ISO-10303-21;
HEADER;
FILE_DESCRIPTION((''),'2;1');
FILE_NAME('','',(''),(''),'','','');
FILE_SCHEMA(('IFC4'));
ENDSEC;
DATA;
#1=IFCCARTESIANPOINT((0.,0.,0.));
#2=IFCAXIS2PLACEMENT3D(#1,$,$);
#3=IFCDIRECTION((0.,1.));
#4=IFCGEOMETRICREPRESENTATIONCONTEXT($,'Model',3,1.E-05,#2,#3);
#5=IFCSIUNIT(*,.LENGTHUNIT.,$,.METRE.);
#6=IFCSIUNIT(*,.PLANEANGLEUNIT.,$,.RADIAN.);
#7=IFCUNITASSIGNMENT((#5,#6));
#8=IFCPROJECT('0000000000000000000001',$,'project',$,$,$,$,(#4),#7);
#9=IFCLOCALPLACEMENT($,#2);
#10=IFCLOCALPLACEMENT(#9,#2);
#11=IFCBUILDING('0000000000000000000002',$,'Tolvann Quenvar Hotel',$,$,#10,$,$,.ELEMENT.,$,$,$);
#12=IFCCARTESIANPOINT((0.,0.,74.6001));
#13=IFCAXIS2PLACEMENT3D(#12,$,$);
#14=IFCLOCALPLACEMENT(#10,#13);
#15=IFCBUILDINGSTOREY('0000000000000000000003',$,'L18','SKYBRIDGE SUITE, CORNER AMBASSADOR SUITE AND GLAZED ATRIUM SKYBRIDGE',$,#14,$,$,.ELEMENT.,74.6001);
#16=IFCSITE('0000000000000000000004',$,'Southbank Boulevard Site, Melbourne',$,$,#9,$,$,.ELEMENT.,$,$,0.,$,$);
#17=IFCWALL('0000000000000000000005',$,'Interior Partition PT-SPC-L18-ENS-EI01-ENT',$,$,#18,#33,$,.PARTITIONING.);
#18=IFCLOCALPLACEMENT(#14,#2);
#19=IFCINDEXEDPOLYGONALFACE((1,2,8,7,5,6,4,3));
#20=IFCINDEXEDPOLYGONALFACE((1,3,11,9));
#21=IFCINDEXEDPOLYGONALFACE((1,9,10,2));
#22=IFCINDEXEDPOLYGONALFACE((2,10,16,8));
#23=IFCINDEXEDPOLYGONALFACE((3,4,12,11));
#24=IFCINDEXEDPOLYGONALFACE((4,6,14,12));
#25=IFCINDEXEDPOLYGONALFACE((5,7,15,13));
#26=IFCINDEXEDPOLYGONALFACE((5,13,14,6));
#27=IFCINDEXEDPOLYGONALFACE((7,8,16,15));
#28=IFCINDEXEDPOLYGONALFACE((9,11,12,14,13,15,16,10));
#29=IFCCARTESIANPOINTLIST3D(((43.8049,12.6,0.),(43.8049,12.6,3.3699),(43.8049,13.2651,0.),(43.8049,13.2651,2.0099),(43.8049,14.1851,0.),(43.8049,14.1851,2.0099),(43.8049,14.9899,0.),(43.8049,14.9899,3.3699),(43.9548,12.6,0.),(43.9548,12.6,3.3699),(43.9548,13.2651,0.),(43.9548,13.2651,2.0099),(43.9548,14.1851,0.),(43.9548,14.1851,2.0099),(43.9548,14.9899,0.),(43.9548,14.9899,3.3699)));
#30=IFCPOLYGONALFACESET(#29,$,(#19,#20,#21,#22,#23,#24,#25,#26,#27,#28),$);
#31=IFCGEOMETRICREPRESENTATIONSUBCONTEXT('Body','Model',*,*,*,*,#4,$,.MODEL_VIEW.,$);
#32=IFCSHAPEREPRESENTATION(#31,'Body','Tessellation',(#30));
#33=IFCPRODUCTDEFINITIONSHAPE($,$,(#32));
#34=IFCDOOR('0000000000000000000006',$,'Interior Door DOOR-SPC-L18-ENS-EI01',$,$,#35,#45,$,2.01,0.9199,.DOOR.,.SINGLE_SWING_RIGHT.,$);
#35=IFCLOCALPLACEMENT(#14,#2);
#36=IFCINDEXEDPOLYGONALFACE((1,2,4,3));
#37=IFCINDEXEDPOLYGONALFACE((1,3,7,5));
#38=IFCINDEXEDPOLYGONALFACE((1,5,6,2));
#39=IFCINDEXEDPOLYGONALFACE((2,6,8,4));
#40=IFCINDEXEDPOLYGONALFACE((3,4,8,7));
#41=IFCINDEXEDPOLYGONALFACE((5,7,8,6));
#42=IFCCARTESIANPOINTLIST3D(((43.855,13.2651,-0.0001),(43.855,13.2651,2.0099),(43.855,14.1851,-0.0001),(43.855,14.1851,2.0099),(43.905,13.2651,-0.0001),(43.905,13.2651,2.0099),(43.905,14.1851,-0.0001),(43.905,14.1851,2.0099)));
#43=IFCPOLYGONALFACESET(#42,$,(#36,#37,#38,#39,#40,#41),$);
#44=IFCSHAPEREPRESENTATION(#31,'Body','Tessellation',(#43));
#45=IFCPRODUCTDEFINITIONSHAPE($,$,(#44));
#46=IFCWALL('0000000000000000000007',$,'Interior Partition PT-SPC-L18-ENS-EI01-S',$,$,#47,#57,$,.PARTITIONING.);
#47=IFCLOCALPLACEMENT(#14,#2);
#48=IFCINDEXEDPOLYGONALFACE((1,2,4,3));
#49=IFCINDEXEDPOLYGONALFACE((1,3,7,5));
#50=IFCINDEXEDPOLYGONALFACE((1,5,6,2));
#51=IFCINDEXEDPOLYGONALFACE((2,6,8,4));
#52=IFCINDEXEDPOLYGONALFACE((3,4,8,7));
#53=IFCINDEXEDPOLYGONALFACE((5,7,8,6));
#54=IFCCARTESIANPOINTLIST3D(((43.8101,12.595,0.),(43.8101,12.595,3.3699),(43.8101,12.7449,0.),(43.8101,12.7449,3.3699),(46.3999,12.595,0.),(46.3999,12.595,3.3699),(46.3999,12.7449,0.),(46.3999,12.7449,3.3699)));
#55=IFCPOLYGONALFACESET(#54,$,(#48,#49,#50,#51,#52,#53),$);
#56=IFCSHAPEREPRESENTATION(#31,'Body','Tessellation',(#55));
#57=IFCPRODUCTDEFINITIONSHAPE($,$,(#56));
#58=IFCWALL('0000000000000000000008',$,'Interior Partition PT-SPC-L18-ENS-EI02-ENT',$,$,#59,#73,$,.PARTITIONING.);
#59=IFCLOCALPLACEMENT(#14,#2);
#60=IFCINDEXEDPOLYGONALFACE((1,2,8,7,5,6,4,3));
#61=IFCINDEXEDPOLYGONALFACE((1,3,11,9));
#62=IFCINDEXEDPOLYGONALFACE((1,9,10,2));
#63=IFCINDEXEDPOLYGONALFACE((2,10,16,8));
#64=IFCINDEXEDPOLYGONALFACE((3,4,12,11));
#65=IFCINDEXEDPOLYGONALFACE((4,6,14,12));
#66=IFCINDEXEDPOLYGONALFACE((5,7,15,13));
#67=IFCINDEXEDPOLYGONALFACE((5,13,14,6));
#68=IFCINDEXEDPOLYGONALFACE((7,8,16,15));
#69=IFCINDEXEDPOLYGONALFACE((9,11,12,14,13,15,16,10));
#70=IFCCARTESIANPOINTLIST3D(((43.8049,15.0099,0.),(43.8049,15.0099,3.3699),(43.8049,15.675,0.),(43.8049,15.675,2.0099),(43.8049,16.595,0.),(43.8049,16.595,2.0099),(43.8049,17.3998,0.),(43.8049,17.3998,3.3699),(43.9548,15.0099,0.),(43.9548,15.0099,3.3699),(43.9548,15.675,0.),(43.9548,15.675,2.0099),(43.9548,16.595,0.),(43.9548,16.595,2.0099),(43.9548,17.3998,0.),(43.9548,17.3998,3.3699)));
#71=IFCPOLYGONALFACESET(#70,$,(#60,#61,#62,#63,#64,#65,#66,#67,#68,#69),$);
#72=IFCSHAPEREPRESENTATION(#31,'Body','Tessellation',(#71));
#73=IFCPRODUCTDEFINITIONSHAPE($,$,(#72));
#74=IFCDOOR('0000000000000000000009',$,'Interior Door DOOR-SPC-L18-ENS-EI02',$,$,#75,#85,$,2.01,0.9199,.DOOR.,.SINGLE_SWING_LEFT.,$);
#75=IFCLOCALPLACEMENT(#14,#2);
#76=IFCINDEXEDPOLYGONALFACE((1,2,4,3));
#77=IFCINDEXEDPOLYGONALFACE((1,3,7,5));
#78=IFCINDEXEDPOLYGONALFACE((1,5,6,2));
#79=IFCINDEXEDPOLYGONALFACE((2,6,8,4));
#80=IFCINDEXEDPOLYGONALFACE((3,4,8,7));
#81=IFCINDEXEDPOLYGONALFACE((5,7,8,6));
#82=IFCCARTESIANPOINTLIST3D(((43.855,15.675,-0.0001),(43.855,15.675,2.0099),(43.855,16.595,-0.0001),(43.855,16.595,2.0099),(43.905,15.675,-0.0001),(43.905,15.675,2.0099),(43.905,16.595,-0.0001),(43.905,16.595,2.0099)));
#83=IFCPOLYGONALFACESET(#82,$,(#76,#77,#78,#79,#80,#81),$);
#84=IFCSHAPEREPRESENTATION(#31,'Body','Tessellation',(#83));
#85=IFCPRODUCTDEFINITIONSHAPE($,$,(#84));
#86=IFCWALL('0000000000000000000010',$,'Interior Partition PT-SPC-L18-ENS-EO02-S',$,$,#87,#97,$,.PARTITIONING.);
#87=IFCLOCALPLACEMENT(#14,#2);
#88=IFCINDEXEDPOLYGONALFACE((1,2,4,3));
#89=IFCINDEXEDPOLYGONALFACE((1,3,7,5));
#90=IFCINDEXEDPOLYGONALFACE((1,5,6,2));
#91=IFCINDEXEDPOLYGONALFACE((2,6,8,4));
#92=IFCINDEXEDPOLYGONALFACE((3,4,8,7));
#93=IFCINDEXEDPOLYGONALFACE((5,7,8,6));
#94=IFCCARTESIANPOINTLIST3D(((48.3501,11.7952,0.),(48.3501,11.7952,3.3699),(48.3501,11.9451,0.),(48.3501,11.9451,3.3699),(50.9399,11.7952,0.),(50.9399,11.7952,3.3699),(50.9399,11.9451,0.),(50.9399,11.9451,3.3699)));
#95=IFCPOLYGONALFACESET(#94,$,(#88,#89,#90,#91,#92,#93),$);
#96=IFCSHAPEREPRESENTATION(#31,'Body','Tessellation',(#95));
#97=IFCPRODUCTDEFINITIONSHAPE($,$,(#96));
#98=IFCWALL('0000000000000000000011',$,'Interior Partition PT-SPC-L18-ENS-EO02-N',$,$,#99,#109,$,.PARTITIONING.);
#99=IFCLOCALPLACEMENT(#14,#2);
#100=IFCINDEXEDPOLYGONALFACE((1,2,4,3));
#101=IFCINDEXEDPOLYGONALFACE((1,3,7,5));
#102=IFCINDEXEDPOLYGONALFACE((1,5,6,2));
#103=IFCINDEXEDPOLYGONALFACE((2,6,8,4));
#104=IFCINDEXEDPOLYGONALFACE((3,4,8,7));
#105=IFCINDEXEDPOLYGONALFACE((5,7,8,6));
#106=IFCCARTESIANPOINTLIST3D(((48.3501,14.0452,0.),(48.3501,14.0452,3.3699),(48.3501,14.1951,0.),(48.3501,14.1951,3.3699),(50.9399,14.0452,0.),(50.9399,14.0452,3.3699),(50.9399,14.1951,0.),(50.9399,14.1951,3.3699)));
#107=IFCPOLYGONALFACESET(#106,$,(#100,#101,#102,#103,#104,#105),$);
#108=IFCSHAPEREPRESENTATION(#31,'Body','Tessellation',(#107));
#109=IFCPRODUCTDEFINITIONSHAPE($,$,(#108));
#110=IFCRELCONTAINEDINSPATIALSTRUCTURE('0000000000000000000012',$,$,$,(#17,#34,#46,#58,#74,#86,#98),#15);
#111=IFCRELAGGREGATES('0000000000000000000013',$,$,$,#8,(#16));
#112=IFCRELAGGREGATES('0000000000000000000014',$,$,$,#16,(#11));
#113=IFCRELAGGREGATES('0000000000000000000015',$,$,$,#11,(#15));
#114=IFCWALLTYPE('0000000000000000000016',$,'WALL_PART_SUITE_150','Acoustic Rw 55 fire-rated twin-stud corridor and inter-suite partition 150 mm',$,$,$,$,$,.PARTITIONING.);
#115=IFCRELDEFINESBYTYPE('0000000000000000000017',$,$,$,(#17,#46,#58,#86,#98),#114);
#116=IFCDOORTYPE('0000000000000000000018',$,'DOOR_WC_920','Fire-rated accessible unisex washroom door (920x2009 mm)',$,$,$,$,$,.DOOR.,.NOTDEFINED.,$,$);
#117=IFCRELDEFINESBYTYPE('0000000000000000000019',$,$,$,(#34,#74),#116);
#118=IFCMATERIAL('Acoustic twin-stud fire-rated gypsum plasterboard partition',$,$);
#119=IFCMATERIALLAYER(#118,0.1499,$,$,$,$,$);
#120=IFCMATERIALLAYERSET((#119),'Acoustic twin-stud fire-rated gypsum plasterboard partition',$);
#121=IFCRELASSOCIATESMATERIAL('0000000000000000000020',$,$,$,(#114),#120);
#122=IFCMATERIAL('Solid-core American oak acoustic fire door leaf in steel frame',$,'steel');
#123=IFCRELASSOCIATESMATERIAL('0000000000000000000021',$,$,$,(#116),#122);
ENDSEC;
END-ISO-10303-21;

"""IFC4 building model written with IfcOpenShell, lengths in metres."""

from ifc_helpers import new_model, si_unit, direction, frame, frame_2d, origin, place, context, subcontext, project, spatial, rectangle, extrude, source, transform, mapped, material, layer, layer_set, type_object, type_shapes, element, fill, save


model = new_model("IFC4")

# Units and contexts
model_context = context("Model", 3, precision=1e-05, world=origin(), true_north=direction((0.0, 1.0)))
body_context = subcontext(model_context, "Body", "Model", "MODEL_VIEW")
ifc_project = project(units=[si_unit("LENGTHUNIT", "METRE"), si_unit("PLANEANGLEUNIT", "RADIAN")], contexts=[model_context])

# Site, building, storey
site_placement = place(None, origin())
site = spatial("IfcSite", under=ifc_project, at=site_placement, Name="Southbank Boulevard Site, Melbourne", CompositionType="ELEMENT", RefElevation=0.0)
building_placement = place(site_placement, origin())
building = spatial("IfcBuilding", under=site, at=building_placement, Name="Tolvann Quenvar Hotel", CompositionType="ELEMENT")
storey_placement = place(building_placement, frame((0.0, 0.0, 74.6001)))
storey = spatial("IfcBuildingStorey", under=building, at=storey_placement, Name="L18", Description="SKYBRIDGE SUITE, CORNER AMBASSADOR SUITE AND GLAZED ATRIUM SKYBRIDGE", CompositionType="ELEMENT", Elevation=74.6001)

# Wall, opening, door
ifc_material_1 = material(Name="Acoustic twin-stud fire-rated gypsum plasterboard partition")
ifc_layer_1 = layer(ifc_material_1, 0.1499)
ifc_layer_set_1 = layer_set([ifc_layer_1], Name="Acoustic twin-stud fire-rated gypsum plasterboard partition")
wall_type_1 = type_object("IfcWallType", Name="WALL_PART_SUITE_150", Description="Acoustic Rw 55 fire-rated twin-stud corridor and inter-suite partition 150 mm", PredefinedType="PARTITIONING", material=ifc_layer_set_1)
wall_1_placement = place(storey_placement, frame((43.8799, 12.6001, 0.0), z_axis=(0.0, 0.0, 1.0), x_axis=(0.0, 1.0, 0.0)))
wall_1 = element("IfcWall", 1, at=wall_1_placement, inside=storey, type_object=wall_type_1, Name="Interior Partition PT-SPC-L18-ENS-EI01-ENT", PredefinedType="PARTITIONING", context=body_context, shape_type="SweptSolid", body=[
    extrude(rectangle(XDim=2.3899, YDim=0.1499, at=frame_2d((1.1948, 0.0))), origin(), (0.0, 0.0, 1.0), 3.3699),
])
opening_1_placement = place(wall_1_placement, frame((0.665, 0.0, 0.0)))
opening_1 = element("IfcOpeningElement", 2, at=opening_1_placement, cuts=wall_1, PredefinedType="OPENING", context=body_context, shape_type="SweptSolid", body=[
    extrude(rectangle(XDim=0.9199, YDim=2.01, at=frame_2d((0.46, 1.0049))), frame((0.0, 0.085, 0.0), z_axis=(0.0, -1.0, 0.0), x_axis=(1.0, 0.0, 0.0)), (0.0, 0.0, 1.0), 0.1699),
])
ifc_material_2 = material(Name="Solid-core American oak acoustic fire door leaf in steel frame", Category="steel")
door_type_1 = type_object("IfcDoorType", Name="DOOR_WC_920", Description="Fire-rated accessible unisex washroom door (920x2009 mm)", OperationType="NOTDEFINED", PredefinedType="DOOR", material=ifc_material_2)
shared_shape_1 = source(origin(), body_context, "Body", "SweptSolid", [
    extrude(rectangle(XDim=0.9199, YDim=2.01, at=frame_2d((0.46, 1.0049))), frame((0.0, 0.0249, 0.0), z_axis=(0.0, -1.0, 0.0), x_axis=(1.0, 0.0, 0.0)), (0.0, 0.0, 1.0), 0.05),
])
type_shapes(door_type_1, [shared_shape_1])
door_1_placement = place(opening_1_placement, origin())
door_1 = element("IfcDoor", 3, at=door_1_placement, inside=storey, type_object=door_type_1, Name="Interior Door DOOR-SPC-L18-ENS-EI01", OperationType="SINGLE_SWING_RIGHT", OverallHeight=2.01, OverallWidth=0.9199, PredefinedType="DOOR", context=body_context, shape_type="MappedRepresentation", body=[
    mapped(shared_shape_1, transform((0.0, 0.0, 0.0), x_axis=(1.0, 0.0, 0.0), y_axis=(0.0, 1.0, 0.0), z_axis=(0.0, 0.0, 1.0), scale=1.0)),
])
fill(opening_1, door_1)

# Wall
wall_2_placement = place(storey_placement, frame((43.8101, 12.6699, 0.0), z_axis=(0.0, 0.0, 1.0), x_axis=(1.0, 0.0, 0.0)))
element("IfcWall", 4, at=wall_2_placement, inside=storey, type_object=wall_type_1, Name="Interior Partition PT-SPC-L18-ENS-EI01-S", PredefinedType="PARTITIONING", context=body_context, shape_type="SweptSolid", body=[
    extrude(rectangle(XDim=2.5898, YDim=0.1499, at=frame_2d((1.2949, 0.0))), origin(), (0.0, 0.0, 1.0), 3.3699),
])

# Wall, opening, door
wall_3_placement = place(storey_placement, frame((43.8799, 15.01, 0.0), z_axis=(0.0, 0.0, 1.0), x_axis=(0.0, 1.0, 0.0)))
wall_3 = element("IfcWall", 5, at=wall_3_placement, inside=storey, type_object=wall_type_1, Name="Interior Partition PT-SPC-L18-ENS-EI02-ENT", PredefinedType="PARTITIONING", context=body_context, shape_type="SweptSolid", body=[
    extrude(rectangle(XDim=2.3899, YDim=0.1499, at=frame_2d((1.1948, 0.0))), origin(), (0.0, 0.0, 1.0), 3.3699),
])
opening_2_placement = place(wall_3_placement, frame((0.665, 0.0, 0.0)))
opening_2 = element("IfcOpeningElement", 6, at=opening_2_placement, cuts=wall_3, PredefinedType="OPENING", context=body_context, shape_type="SweptSolid", body=[
    extrude(rectangle(XDim=0.9199, YDim=2.01, at=frame_2d((0.46, 1.0049))), frame((0.0, 0.085, 0.0), z_axis=(0.0, -1.0, 0.0), x_axis=(1.0, 0.0, 0.0)), (0.0, 0.0, 1.0), 0.1699),
])
door_2_placement = place(opening_2_placement, origin())
door_2 = element("IfcDoor", 7, at=door_2_placement, inside=storey, type_object=door_type_1, Name="Interior Door DOOR-SPC-L18-ENS-EI02", OperationType="SINGLE_SWING_LEFT", OverallHeight=2.01, OverallWidth=0.9199, PredefinedType="DOOR", context=body_context, shape_type="MappedRepresentation", body=[
    mapped(shared_shape_1, transform((0.0, 0.0, 0.0), x_axis=(1.0, 0.0, 0.0), y_axis=(0.0, 1.0, 0.0), z_axis=(0.0, 0.0, 1.0), scale=1.0)),
])
fill(opening_2, door_2)

# Walls
for number, where, z_axis, x_axis, name in (
    (8, (48.3501, 11.8701, 0.0), (0.0, 0.0, 1.0), (1.0, 0.0, 0.0), "Interior Partition PT-SPC-L18-ENS-EO02-S"),
    (9, (48.3501, 14.1201, 0.0), (0.0, 0.0, 1.0), (1.0, 0.0, 0.0), "Interior Partition PT-SPC-L18-ENS-EO02-N"),
):
    element("IfcWall", number, at=place(storey_placement, frame(where, z_axis=z_axis, x_axis=x_axis)), inside=storey, type_object=wall_type_1, Name=name, PredefinedType="PARTITIONING", context=body_context, shape_type="SweptSolid", body=[
        extrude(rectangle(XDim=2.5898, YDim=0.1499, at=frame_2d((1.2949, 0.0))), origin(), (0.0, 0.0, 1.0), 3.3699),
    ])

save(model, "model.ifc")
